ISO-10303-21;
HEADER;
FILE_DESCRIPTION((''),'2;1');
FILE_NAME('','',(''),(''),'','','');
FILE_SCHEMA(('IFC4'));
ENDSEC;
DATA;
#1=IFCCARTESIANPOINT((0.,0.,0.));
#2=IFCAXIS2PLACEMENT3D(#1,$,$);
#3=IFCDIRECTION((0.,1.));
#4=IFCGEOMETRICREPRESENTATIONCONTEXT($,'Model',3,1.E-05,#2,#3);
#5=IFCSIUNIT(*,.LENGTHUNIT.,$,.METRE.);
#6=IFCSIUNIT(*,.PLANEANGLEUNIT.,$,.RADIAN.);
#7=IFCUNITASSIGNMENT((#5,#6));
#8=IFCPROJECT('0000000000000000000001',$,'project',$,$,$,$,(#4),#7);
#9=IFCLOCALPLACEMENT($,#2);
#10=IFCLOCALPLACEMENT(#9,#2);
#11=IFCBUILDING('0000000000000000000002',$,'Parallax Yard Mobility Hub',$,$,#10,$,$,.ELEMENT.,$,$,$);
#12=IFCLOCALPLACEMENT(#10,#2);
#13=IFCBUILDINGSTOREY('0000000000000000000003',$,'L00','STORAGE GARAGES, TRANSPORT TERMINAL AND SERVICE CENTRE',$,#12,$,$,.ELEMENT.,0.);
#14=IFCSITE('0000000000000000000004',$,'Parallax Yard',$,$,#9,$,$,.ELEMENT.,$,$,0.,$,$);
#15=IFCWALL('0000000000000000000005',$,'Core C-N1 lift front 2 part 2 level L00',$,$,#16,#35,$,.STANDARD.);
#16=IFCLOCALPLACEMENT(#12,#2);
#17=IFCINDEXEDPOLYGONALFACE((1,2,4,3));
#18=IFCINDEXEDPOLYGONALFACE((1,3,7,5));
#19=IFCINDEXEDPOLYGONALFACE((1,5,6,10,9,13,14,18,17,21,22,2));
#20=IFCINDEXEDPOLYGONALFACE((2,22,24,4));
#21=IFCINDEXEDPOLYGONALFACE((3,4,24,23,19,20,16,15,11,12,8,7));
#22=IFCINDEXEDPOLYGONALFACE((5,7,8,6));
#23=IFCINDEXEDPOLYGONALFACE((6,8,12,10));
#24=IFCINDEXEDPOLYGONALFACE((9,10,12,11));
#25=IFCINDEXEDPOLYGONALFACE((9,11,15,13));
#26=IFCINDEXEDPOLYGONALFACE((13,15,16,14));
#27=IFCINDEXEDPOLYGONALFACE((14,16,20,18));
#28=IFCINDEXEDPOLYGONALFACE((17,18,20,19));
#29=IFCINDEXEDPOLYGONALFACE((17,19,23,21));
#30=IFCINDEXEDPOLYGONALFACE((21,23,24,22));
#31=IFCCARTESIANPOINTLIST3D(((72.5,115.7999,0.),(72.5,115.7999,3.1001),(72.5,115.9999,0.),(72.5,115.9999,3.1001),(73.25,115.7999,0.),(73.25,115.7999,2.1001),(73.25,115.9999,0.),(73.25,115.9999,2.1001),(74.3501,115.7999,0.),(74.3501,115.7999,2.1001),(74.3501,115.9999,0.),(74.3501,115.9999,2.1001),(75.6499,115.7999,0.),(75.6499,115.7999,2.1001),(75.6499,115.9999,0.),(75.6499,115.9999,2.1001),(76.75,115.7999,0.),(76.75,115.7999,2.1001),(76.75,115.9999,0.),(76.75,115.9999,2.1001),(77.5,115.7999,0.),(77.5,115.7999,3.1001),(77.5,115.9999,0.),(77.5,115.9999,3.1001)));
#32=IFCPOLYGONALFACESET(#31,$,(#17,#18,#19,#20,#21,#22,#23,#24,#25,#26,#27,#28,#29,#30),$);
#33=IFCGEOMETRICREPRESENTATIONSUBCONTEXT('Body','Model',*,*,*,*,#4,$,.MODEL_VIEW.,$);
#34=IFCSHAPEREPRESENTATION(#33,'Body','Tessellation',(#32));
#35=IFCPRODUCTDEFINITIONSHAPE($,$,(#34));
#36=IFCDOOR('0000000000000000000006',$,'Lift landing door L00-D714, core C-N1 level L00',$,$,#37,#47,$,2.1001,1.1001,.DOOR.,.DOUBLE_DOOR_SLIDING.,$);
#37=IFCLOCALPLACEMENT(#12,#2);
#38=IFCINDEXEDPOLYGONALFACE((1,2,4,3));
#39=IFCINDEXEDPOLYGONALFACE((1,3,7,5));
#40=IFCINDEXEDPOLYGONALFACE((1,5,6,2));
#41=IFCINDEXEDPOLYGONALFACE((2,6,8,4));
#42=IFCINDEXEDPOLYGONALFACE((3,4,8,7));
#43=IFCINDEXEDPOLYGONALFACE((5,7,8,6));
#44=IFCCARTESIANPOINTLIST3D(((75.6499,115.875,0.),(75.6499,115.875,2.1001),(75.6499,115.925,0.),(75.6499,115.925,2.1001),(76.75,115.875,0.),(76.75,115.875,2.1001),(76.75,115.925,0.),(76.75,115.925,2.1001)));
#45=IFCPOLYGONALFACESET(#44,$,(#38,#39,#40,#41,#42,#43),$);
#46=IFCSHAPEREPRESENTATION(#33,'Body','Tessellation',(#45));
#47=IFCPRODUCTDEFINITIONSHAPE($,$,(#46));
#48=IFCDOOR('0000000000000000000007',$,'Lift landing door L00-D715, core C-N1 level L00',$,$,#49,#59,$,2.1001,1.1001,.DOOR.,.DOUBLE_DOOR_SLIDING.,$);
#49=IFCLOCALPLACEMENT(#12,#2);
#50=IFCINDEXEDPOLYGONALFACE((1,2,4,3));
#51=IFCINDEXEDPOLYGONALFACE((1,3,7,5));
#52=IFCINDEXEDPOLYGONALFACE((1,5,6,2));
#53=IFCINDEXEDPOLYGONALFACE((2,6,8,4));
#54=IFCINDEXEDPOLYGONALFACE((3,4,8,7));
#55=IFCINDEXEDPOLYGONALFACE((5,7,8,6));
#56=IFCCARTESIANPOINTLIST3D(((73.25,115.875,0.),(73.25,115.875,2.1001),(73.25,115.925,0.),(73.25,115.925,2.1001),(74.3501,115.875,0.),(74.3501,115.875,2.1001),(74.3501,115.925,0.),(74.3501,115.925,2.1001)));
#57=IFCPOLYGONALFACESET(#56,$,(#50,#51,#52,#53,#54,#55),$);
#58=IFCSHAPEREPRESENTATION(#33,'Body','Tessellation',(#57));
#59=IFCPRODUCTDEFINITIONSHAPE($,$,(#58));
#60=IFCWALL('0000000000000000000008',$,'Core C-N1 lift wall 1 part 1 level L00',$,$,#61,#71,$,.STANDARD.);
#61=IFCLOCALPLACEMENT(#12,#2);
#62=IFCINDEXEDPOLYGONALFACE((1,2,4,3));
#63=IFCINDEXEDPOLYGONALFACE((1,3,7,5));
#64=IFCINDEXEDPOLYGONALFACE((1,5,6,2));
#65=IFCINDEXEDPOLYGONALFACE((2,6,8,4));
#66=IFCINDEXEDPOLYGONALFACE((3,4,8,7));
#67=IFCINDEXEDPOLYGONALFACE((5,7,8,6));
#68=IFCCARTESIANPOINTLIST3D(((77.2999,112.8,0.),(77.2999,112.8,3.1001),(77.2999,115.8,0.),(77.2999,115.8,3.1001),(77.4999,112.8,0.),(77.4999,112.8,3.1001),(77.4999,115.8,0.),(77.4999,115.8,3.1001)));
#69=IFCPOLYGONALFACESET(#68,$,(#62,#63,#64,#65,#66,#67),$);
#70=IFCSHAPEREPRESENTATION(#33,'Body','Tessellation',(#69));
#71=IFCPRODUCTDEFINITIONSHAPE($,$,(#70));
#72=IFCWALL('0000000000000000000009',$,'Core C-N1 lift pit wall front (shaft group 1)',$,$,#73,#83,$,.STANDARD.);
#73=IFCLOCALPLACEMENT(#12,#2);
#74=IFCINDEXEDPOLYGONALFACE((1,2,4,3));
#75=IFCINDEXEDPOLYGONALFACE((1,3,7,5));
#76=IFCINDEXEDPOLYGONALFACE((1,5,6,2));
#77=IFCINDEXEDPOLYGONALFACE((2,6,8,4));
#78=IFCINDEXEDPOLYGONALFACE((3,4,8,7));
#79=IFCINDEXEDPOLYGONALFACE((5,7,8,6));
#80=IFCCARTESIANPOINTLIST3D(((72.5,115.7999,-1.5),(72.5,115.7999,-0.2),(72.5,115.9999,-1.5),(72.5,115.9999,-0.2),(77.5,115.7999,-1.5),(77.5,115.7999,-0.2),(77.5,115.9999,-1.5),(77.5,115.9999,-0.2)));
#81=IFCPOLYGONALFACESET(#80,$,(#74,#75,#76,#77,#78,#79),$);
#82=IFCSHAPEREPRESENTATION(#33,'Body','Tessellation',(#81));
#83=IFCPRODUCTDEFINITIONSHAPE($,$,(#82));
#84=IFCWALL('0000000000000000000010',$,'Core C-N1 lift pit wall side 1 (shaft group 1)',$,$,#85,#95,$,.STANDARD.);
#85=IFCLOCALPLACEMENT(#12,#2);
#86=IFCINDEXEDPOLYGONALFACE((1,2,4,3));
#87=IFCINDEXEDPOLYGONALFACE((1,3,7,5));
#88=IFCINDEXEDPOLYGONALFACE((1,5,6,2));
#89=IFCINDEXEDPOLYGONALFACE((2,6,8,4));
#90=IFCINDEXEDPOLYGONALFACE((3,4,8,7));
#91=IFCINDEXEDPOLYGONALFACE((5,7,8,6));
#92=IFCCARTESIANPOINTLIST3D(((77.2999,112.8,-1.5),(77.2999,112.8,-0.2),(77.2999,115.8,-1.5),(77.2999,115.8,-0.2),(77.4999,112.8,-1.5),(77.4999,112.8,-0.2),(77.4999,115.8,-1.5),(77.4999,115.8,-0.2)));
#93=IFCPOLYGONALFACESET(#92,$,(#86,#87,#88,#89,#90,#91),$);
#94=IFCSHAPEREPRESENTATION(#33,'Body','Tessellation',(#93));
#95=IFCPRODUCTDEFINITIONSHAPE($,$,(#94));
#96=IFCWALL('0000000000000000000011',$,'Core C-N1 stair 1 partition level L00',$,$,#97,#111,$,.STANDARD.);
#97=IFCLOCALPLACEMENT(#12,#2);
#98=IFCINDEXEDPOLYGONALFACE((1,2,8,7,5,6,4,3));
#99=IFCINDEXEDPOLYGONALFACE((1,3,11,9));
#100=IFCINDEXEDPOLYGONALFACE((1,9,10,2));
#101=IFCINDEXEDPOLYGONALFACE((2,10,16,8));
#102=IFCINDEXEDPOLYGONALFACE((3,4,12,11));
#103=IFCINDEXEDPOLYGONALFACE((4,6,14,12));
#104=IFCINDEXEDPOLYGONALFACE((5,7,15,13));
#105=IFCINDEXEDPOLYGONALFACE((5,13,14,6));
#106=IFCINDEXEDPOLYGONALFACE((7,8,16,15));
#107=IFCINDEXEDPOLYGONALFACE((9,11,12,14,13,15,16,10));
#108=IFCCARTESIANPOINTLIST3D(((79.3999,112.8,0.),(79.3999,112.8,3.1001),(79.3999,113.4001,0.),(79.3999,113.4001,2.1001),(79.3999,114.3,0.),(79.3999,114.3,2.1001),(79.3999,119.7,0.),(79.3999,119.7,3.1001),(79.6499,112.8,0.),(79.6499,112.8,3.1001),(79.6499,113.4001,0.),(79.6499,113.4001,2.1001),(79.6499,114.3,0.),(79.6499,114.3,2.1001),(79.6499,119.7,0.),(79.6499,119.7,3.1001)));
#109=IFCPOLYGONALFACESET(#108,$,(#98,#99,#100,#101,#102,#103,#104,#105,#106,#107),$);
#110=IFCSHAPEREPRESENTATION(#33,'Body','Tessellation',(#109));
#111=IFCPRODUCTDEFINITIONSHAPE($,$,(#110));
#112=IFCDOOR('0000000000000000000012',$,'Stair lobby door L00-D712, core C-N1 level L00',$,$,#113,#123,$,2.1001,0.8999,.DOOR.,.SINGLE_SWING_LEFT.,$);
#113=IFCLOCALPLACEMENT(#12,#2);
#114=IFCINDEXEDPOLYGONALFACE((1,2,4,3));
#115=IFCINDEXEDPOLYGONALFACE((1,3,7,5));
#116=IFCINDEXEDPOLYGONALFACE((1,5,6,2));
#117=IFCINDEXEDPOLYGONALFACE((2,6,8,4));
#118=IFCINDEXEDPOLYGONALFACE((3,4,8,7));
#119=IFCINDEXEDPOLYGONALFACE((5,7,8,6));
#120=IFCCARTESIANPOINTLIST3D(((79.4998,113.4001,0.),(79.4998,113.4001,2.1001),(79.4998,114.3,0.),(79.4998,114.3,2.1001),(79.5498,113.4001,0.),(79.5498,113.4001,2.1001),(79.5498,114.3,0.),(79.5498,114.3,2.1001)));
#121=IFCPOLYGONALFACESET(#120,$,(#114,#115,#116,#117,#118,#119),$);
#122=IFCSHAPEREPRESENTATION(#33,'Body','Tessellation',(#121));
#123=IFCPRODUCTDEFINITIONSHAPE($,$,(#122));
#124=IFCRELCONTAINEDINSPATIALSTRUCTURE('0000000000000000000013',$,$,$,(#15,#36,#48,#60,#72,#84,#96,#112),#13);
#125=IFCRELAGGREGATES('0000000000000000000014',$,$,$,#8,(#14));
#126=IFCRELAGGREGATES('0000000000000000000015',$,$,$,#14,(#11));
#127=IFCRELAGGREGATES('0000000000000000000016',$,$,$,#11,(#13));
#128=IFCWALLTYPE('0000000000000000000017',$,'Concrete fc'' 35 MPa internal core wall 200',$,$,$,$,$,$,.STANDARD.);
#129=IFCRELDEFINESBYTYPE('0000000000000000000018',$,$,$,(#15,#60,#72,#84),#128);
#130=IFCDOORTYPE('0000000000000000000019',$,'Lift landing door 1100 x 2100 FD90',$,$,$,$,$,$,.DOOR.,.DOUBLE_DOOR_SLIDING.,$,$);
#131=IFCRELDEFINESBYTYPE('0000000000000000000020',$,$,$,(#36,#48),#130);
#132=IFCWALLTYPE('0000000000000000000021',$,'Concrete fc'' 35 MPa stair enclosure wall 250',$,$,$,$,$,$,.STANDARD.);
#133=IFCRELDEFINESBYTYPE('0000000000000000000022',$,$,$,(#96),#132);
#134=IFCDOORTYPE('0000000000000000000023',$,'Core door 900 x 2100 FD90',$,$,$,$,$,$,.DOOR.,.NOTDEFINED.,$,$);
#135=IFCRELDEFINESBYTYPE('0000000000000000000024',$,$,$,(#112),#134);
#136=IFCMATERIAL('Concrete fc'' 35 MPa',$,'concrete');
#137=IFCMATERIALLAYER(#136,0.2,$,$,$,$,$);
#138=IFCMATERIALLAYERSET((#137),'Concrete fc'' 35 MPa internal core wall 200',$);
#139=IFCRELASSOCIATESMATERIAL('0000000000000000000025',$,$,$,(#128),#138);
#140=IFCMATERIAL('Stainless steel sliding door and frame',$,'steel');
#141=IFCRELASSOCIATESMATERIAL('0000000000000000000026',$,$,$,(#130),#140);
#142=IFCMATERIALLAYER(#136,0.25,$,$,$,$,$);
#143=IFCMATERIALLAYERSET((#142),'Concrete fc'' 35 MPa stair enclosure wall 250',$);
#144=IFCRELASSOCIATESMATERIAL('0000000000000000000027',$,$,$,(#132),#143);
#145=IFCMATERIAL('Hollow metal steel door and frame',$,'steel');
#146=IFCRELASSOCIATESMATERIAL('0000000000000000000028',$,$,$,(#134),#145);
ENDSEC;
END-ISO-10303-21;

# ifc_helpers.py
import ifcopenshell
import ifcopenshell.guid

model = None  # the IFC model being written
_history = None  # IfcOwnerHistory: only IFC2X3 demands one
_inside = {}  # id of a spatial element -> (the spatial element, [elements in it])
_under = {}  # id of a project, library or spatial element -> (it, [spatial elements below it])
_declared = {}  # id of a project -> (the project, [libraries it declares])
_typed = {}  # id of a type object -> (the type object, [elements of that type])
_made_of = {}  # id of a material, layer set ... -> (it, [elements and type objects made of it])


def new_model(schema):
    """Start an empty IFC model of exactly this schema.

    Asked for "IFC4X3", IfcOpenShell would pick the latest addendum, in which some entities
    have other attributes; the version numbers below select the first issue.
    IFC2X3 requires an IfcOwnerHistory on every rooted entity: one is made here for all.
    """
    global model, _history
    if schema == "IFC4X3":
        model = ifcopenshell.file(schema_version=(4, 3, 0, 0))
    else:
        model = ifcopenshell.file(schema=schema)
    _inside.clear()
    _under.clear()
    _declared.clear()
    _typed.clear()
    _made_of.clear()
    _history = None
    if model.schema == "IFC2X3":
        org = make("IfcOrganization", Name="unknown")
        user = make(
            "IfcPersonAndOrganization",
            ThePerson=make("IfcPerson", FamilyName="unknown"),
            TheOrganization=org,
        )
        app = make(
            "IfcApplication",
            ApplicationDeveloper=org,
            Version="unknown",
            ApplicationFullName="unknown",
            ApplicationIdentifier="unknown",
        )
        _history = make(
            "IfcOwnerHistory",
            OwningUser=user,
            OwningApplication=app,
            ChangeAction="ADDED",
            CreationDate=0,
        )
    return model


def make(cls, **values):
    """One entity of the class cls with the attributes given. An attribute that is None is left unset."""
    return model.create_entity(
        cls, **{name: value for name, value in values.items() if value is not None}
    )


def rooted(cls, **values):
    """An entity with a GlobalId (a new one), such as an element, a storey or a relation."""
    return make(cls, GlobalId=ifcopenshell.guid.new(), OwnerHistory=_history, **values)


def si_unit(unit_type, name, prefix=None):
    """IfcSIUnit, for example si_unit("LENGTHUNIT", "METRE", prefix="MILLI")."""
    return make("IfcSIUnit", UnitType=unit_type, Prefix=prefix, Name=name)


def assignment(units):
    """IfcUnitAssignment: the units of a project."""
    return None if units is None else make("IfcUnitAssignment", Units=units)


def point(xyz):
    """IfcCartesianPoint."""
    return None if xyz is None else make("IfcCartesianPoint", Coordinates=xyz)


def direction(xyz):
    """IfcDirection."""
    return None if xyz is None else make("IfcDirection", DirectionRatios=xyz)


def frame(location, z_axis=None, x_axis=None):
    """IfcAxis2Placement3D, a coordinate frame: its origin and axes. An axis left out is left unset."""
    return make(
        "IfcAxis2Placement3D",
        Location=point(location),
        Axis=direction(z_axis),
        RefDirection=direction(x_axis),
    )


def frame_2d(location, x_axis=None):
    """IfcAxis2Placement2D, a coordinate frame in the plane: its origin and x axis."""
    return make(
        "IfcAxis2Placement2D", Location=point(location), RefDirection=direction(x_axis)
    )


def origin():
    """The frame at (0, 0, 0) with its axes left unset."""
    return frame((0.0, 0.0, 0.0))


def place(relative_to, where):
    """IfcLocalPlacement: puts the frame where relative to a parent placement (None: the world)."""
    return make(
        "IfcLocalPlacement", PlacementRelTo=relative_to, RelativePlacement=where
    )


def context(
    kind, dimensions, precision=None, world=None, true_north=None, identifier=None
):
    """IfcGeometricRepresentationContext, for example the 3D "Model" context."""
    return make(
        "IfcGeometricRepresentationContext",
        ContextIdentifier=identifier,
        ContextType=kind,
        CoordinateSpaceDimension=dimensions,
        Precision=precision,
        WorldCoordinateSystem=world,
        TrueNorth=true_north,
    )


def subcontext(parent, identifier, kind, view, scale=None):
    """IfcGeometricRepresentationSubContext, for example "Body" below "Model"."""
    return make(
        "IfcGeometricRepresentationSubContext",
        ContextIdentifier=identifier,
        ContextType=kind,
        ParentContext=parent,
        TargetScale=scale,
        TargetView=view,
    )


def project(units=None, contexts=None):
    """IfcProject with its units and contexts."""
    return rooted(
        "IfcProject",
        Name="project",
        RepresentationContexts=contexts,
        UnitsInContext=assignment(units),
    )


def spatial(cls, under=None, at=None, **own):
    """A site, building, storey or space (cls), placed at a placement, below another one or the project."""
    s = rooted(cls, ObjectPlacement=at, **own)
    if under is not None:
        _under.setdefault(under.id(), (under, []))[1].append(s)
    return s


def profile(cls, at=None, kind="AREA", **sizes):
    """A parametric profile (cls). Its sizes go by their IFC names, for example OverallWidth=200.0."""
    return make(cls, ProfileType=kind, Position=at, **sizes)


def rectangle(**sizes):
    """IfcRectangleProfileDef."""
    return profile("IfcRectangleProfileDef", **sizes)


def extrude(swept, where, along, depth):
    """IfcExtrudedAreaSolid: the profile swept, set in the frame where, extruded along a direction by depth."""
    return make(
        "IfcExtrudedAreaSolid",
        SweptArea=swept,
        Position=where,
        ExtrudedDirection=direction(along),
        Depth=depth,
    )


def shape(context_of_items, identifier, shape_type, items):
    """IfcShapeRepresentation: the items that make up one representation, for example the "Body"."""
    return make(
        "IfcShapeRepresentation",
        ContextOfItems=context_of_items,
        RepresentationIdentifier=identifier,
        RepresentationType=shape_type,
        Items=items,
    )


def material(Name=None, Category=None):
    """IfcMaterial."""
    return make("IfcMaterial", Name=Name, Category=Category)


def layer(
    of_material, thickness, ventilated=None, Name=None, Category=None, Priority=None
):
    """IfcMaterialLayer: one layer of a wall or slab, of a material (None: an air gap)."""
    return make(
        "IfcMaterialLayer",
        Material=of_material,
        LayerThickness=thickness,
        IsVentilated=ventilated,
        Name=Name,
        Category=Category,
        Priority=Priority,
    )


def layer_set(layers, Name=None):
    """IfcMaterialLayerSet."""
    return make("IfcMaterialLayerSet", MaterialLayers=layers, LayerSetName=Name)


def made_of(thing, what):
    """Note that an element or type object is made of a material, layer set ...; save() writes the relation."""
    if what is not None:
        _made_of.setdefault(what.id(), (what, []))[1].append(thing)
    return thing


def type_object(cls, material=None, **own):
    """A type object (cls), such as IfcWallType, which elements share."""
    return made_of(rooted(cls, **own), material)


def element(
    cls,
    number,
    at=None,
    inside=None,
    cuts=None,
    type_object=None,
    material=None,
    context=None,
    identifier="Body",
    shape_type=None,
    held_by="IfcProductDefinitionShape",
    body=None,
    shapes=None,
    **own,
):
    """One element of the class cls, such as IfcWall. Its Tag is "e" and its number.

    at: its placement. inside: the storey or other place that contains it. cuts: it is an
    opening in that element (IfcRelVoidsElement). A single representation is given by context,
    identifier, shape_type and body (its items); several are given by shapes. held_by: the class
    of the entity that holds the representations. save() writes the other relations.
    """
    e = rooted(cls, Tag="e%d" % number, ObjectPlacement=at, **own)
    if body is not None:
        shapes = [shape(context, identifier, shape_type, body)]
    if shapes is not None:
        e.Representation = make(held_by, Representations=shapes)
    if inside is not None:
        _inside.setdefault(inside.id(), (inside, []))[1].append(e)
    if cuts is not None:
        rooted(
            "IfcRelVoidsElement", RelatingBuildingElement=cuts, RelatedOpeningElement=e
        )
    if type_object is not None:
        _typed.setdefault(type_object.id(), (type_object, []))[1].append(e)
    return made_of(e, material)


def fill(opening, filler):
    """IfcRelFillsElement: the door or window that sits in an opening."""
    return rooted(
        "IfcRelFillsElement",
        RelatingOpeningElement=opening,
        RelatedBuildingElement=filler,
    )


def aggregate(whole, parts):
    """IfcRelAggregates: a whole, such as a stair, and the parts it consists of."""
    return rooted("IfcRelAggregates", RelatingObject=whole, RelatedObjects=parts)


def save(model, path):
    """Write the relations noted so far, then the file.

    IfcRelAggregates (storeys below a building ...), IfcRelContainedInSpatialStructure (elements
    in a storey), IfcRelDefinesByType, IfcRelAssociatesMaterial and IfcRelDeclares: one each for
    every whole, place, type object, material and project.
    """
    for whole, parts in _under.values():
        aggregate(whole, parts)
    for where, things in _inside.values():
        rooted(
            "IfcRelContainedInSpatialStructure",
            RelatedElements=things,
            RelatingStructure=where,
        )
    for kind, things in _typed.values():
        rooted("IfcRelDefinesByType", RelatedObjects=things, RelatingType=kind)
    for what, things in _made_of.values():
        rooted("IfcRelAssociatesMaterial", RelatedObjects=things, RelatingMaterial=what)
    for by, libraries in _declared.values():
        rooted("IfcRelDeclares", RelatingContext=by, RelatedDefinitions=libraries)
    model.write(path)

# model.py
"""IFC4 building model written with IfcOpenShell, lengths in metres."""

from ifc_helpers import new_model, si_unit, direction, frame, frame_2d, origin, place, context, subcontext, project, spatial, rectangle, extrude, material, layer, layer_set, type_object, element, fill, save


model = new_model("IFC4")

# Units and contexts
model_context = context("Model", 3, precision=1e-05, world=origin(), true_north=direction((0.0, 1.0)))
body_context = subcontext(model_context, "Body", "Model", "MODEL_VIEW")
ifc_project = project(units=[si_unit("LENGTHUNIT", "METRE"), si_unit("PLANEANGLEUNIT", "RADIAN")], contexts=[model_context])

# Site, building, storey
site_placement = place(None, origin())
site = spatial("IfcSite", under=ifc_project, at=site_placement, Name="Parallax Yard", CompositionType="ELEMENT", RefElevation=0.0)
building_placement = place(site_placement, origin())
building = spatial("IfcBuilding", under=site, at=building_placement, Name="Parallax Yard Mobility Hub", CompositionType="ELEMENT")
storey_placement = place(building_placement, origin())
storey = spatial("IfcBuildingStorey", under=building, at=storey_placement, Name="L00", Description="STORAGE GARAGES, TRANSPORT TERMINAL AND SERVICE CENTRE", CompositionType="ELEMENT", Elevation=0.0)

# Shared definitions
ifc_material_1 = material(Name="Concrete fc' 35 MPa", Category="concrete")

# Wall, openings, doors
ifc_layer_1 = layer(ifc_material_1, 0.2)
ifc_layer_set_1 = layer_set([ifc_layer_1], Name="Concrete fc' 35 MPa internal core wall 200")
wall_type_1 = type_object("IfcWallType", Name="Concrete fc' 35 MPa internal core wall 200", PredefinedType="STANDARD", material=ifc_layer_set_1)
wall_1_placement = place(storey_placement, frame((77.5, 115.8999, 0.0), z_axis=(0.0, 0.0, 1.0), x_axis=(-1.0, 0.0, 0.0)))
wall_1 = element("IfcWall", 1, at=wall_1_placement, inside=storey, type_object=wall_type_1, Name="Core C-N1 lift front 2 part 2 level L00", PredefinedType="STANDARD", context=body_context, shape_type="SweptSolid", body=[
    extrude(rectangle(XDim=5.0, YDim=0.2, at=frame_2d((2.5, 0.0))), origin(), (0.0, 0.0, 1.0), 3.1001),
])
opening_1_placement = place(wall_1_placement, frame((0.75, 0.0, 0.0)))
opening_1 = element("IfcOpeningElement", 2, at=opening_1_placement, cuts=wall_1, PredefinedType="OPENING", context=body_context, shape_type="SweptSolid", body=[
    extrude(rectangle(XDim=1.1001, YDim=2.1001, at=frame_2d((0.55, 1.05))), frame((0.0, 0.1099, 0.0), z_axis=(0.0, -1.0, 0.0), x_axis=(1.0, 0.0, 0.0)), (0.0, 0.0, 1.0), 0.22),
])
opening_2_placement = place(wall_1_placement, frame((3.1499, 0.0, 0.0)))
opening_2 = element("IfcOpeningElement", 3, at=opening_2_placement, cuts=wall_1, PredefinedType="OPENING", context=body_context, shape_type="SweptSolid", body=[
    extrude(rectangle(XDim=1.1001, YDim=2.1001, at=frame_2d((0.55, 1.05))), frame((0.0, 0.1099, 0.0), z_axis=(0.0, -1.0, 0.0), x_axis=(1.0, 0.0, 0.0)), (0.0, 0.0, 1.0), 0.22),
])
ifc_material_2 = material(Name="Stainless steel sliding door and frame", Category="steel")
door_type_1 = type_object("IfcDoorType", Name="Lift landing door 1100 x 2100 FD90", OperationType="DOUBLE_DOOR_SLIDING", PredefinedType="DOOR", material=ifc_material_2)
door_1_placement = place(opening_1_placement, origin())
door_1 = element("IfcDoor", 4, at=door_1_placement, inside=storey, type_object=door_type_1, Name="Lift landing door L00-D714, core C-N1 level L00", OperationType="DOUBLE_DOOR_SLIDING", OverallHeight=2.1001, OverallWidth=1.1001, PredefinedType="DOOR", context=body_context, shape_type="SweptSolid", body=[
    extrude(rectangle(XDim=1.1001, YDim=2.1001, at=frame_2d((0.55, 1.05))), frame((0.0, 0.0249, 0.0), z_axis=(0.0, -1.0, 0.0), x_axis=(1.0, 0.0, 0.0)), (0.0, 0.0, 1.0), 0.05),
])
fill(opening_1, door_1)
door_2_placement = place(opening_2_placement, origin())
door_2 = element("IfcDoor", 5, at=door_2_placement, inside=storey, type_object=door_type_1, Name="Lift landing door L00-D715, core C-N1 level L00", OperationType="DOUBLE_DOOR_SLIDING", OverallHeight=2.1001, OverallWidth=1.1001, PredefinedType="DOOR", context=body_context, shape_type="SweptSolid", body=[
    extrude(rectangle(XDim=1.1001, YDim=2.1001, at=frame_2d((0.55, 1.05))), frame((0.0, 0.0249, 0.0), z_axis=(0.0, -1.0, 0.0), x_axis=(1.0, 0.0, 0.0)), (0.0, 0.0, 1.0), 0.05),
])
fill(opening_2, door_2)

# Walls
wall_2_placement = place(storey_placement, frame((77.3999, 115.8, 0.0), z_axis=(0.0, 0.0, 1.0), x_axis=(0.0, -1.0, 0.0)))
element("IfcWall", 6, at=wall_2_placement, inside=storey, type_object=wall_type_1, Name="Core C-N1 lift wall 1 part 1 level L00", PredefinedType="STANDARD", context=body_context, shape_type="SweptSolid", body=[
    extrude(rectangle(XDim=3.0, YDim=0.2, at=frame_2d((1.5, 0.0))), origin(), (0.0, 0.0, 1.0), 3.1001),
])
wall_3_placement = place(storey_placement, frame((77.5, 115.8999, -1.5), z_axis=(0.0, 0.0, 1.0), x_axis=(-1.0, 0.0, 0.0)))
element("IfcWall", 7, at=wall_3_placement, inside=storey, type_object=wall_type_1, Name="Core C-N1 lift pit wall front (shaft group 1)", PredefinedType="STANDARD", context=body_context, shape_type="SweptSolid", body=[
    extrude(rectangle(XDim=5.0, YDim=0.2, at=frame_2d((2.5, 0.0))), origin(), (0.0, 0.0, 1.0), 1.3),
])
wall_4_placement = place(storey_placement, frame((77.3999, 115.8, -1.5), z_axis=(0.0, 0.0, 1.0), x_axis=(0.0, -1.0, 0.0)))
element("IfcWall", 8, at=wall_4_placement, inside=storey, type_object=wall_type_1, Name="Core C-N1 lift pit wall side 1 (shaft group 1)", PredefinedType="STANDARD", context=body_context, shape_type="SweptSolid", body=[
    extrude(rectangle(XDim=3.0, YDim=0.2, at=frame_2d((1.5, 0.0))), origin(), (0.0, 0.0, 1.0), 1.3),
])

# Wall, opening, door
ifc_layer_2 = layer(ifc_material_1, 0.25)
ifc_layer_set_2 = layer_set([ifc_layer_2], Name="Concrete fc' 35 MPa stair enclosure wall 250")
wall_type_2 = type_object("IfcWallType", Name="Concrete fc' 35 MPa stair enclosure wall 250", PredefinedType="STANDARD", material=ifc_layer_set_2)
wall_5_placement = place(storey_placement, frame((79.5249, 119.7, 0.0), z_axis=(0.0, 0.0, 1.0), x_axis=(0.0, -1.0, 0.0)))
wall_5 = element("IfcWall", 9, at=wall_5_placement, inside=storey, type_object=wall_type_2, Name="Core C-N1 stair 1 partition level L00", PredefinedType="STANDARD", context=body_context, shape_type="SweptSolid", body=[
    extrude(rectangle(XDim=6.8999, YDim=0.25, at=frame_2d((3.45, 0.0))), origin(), (0.0, 0.0, 1.0), 3.1001),
])
opening_3_placement = place(wall_5_placement, frame((5.3999, 0.0, 0.0)))
opening_3 = element("IfcOpeningElement", 10, at=opening_3_placement, cuts=wall_5, PredefinedType="OPENING", context=body_context, shape_type="SweptSolid", body=[
    extrude(rectangle(XDim=0.8999, YDim=2.1001, at=frame_2d((0.45, 1.05))), frame((0.0, 0.135, 0.0), z_axis=(0.0, -1.0, 0.0), x_axis=(1.0, 0.0, 0.0)), (0.0, 0.0, 1.0), 0.27),
])
ifc_material_3 = material(Name="Hollow metal steel door and frame", Category="steel")
door_type_2 = type_object("IfcDoorType", Name="Core door 900 x 2100 FD90", OperationType="NOTDEFINED", PredefinedType="DOOR", material=ifc_material_3)
door_3_placement = place(opening_3_placement, origin())
door_3 = element("IfcDoor", 11, at=door_3_placement, inside=storey, type_object=door_type_2, Name="Stair lobby door L00-D712, core C-N1 level L00", OperationType="SINGLE_SWING_LEFT", OverallHeight=2.1001, OverallWidth=0.8999, PredefinedType="DOOR", context=body_context, shape_type="SweptSolid", body=[
    extrude(rectangle(XDim=0.8999, YDim=2.1001, at=frame_2d((0.45, 1.05))), frame((0.0, 0.0249, 0.0), z_axis=(0.0, -1.0, 0.0), x_axis=(1.0, 0.0, 0.0)), (0.0, 0.0, 1.0), 0.05),
])
fill(opening_3, door_3)

save(model, "model.ifc")
